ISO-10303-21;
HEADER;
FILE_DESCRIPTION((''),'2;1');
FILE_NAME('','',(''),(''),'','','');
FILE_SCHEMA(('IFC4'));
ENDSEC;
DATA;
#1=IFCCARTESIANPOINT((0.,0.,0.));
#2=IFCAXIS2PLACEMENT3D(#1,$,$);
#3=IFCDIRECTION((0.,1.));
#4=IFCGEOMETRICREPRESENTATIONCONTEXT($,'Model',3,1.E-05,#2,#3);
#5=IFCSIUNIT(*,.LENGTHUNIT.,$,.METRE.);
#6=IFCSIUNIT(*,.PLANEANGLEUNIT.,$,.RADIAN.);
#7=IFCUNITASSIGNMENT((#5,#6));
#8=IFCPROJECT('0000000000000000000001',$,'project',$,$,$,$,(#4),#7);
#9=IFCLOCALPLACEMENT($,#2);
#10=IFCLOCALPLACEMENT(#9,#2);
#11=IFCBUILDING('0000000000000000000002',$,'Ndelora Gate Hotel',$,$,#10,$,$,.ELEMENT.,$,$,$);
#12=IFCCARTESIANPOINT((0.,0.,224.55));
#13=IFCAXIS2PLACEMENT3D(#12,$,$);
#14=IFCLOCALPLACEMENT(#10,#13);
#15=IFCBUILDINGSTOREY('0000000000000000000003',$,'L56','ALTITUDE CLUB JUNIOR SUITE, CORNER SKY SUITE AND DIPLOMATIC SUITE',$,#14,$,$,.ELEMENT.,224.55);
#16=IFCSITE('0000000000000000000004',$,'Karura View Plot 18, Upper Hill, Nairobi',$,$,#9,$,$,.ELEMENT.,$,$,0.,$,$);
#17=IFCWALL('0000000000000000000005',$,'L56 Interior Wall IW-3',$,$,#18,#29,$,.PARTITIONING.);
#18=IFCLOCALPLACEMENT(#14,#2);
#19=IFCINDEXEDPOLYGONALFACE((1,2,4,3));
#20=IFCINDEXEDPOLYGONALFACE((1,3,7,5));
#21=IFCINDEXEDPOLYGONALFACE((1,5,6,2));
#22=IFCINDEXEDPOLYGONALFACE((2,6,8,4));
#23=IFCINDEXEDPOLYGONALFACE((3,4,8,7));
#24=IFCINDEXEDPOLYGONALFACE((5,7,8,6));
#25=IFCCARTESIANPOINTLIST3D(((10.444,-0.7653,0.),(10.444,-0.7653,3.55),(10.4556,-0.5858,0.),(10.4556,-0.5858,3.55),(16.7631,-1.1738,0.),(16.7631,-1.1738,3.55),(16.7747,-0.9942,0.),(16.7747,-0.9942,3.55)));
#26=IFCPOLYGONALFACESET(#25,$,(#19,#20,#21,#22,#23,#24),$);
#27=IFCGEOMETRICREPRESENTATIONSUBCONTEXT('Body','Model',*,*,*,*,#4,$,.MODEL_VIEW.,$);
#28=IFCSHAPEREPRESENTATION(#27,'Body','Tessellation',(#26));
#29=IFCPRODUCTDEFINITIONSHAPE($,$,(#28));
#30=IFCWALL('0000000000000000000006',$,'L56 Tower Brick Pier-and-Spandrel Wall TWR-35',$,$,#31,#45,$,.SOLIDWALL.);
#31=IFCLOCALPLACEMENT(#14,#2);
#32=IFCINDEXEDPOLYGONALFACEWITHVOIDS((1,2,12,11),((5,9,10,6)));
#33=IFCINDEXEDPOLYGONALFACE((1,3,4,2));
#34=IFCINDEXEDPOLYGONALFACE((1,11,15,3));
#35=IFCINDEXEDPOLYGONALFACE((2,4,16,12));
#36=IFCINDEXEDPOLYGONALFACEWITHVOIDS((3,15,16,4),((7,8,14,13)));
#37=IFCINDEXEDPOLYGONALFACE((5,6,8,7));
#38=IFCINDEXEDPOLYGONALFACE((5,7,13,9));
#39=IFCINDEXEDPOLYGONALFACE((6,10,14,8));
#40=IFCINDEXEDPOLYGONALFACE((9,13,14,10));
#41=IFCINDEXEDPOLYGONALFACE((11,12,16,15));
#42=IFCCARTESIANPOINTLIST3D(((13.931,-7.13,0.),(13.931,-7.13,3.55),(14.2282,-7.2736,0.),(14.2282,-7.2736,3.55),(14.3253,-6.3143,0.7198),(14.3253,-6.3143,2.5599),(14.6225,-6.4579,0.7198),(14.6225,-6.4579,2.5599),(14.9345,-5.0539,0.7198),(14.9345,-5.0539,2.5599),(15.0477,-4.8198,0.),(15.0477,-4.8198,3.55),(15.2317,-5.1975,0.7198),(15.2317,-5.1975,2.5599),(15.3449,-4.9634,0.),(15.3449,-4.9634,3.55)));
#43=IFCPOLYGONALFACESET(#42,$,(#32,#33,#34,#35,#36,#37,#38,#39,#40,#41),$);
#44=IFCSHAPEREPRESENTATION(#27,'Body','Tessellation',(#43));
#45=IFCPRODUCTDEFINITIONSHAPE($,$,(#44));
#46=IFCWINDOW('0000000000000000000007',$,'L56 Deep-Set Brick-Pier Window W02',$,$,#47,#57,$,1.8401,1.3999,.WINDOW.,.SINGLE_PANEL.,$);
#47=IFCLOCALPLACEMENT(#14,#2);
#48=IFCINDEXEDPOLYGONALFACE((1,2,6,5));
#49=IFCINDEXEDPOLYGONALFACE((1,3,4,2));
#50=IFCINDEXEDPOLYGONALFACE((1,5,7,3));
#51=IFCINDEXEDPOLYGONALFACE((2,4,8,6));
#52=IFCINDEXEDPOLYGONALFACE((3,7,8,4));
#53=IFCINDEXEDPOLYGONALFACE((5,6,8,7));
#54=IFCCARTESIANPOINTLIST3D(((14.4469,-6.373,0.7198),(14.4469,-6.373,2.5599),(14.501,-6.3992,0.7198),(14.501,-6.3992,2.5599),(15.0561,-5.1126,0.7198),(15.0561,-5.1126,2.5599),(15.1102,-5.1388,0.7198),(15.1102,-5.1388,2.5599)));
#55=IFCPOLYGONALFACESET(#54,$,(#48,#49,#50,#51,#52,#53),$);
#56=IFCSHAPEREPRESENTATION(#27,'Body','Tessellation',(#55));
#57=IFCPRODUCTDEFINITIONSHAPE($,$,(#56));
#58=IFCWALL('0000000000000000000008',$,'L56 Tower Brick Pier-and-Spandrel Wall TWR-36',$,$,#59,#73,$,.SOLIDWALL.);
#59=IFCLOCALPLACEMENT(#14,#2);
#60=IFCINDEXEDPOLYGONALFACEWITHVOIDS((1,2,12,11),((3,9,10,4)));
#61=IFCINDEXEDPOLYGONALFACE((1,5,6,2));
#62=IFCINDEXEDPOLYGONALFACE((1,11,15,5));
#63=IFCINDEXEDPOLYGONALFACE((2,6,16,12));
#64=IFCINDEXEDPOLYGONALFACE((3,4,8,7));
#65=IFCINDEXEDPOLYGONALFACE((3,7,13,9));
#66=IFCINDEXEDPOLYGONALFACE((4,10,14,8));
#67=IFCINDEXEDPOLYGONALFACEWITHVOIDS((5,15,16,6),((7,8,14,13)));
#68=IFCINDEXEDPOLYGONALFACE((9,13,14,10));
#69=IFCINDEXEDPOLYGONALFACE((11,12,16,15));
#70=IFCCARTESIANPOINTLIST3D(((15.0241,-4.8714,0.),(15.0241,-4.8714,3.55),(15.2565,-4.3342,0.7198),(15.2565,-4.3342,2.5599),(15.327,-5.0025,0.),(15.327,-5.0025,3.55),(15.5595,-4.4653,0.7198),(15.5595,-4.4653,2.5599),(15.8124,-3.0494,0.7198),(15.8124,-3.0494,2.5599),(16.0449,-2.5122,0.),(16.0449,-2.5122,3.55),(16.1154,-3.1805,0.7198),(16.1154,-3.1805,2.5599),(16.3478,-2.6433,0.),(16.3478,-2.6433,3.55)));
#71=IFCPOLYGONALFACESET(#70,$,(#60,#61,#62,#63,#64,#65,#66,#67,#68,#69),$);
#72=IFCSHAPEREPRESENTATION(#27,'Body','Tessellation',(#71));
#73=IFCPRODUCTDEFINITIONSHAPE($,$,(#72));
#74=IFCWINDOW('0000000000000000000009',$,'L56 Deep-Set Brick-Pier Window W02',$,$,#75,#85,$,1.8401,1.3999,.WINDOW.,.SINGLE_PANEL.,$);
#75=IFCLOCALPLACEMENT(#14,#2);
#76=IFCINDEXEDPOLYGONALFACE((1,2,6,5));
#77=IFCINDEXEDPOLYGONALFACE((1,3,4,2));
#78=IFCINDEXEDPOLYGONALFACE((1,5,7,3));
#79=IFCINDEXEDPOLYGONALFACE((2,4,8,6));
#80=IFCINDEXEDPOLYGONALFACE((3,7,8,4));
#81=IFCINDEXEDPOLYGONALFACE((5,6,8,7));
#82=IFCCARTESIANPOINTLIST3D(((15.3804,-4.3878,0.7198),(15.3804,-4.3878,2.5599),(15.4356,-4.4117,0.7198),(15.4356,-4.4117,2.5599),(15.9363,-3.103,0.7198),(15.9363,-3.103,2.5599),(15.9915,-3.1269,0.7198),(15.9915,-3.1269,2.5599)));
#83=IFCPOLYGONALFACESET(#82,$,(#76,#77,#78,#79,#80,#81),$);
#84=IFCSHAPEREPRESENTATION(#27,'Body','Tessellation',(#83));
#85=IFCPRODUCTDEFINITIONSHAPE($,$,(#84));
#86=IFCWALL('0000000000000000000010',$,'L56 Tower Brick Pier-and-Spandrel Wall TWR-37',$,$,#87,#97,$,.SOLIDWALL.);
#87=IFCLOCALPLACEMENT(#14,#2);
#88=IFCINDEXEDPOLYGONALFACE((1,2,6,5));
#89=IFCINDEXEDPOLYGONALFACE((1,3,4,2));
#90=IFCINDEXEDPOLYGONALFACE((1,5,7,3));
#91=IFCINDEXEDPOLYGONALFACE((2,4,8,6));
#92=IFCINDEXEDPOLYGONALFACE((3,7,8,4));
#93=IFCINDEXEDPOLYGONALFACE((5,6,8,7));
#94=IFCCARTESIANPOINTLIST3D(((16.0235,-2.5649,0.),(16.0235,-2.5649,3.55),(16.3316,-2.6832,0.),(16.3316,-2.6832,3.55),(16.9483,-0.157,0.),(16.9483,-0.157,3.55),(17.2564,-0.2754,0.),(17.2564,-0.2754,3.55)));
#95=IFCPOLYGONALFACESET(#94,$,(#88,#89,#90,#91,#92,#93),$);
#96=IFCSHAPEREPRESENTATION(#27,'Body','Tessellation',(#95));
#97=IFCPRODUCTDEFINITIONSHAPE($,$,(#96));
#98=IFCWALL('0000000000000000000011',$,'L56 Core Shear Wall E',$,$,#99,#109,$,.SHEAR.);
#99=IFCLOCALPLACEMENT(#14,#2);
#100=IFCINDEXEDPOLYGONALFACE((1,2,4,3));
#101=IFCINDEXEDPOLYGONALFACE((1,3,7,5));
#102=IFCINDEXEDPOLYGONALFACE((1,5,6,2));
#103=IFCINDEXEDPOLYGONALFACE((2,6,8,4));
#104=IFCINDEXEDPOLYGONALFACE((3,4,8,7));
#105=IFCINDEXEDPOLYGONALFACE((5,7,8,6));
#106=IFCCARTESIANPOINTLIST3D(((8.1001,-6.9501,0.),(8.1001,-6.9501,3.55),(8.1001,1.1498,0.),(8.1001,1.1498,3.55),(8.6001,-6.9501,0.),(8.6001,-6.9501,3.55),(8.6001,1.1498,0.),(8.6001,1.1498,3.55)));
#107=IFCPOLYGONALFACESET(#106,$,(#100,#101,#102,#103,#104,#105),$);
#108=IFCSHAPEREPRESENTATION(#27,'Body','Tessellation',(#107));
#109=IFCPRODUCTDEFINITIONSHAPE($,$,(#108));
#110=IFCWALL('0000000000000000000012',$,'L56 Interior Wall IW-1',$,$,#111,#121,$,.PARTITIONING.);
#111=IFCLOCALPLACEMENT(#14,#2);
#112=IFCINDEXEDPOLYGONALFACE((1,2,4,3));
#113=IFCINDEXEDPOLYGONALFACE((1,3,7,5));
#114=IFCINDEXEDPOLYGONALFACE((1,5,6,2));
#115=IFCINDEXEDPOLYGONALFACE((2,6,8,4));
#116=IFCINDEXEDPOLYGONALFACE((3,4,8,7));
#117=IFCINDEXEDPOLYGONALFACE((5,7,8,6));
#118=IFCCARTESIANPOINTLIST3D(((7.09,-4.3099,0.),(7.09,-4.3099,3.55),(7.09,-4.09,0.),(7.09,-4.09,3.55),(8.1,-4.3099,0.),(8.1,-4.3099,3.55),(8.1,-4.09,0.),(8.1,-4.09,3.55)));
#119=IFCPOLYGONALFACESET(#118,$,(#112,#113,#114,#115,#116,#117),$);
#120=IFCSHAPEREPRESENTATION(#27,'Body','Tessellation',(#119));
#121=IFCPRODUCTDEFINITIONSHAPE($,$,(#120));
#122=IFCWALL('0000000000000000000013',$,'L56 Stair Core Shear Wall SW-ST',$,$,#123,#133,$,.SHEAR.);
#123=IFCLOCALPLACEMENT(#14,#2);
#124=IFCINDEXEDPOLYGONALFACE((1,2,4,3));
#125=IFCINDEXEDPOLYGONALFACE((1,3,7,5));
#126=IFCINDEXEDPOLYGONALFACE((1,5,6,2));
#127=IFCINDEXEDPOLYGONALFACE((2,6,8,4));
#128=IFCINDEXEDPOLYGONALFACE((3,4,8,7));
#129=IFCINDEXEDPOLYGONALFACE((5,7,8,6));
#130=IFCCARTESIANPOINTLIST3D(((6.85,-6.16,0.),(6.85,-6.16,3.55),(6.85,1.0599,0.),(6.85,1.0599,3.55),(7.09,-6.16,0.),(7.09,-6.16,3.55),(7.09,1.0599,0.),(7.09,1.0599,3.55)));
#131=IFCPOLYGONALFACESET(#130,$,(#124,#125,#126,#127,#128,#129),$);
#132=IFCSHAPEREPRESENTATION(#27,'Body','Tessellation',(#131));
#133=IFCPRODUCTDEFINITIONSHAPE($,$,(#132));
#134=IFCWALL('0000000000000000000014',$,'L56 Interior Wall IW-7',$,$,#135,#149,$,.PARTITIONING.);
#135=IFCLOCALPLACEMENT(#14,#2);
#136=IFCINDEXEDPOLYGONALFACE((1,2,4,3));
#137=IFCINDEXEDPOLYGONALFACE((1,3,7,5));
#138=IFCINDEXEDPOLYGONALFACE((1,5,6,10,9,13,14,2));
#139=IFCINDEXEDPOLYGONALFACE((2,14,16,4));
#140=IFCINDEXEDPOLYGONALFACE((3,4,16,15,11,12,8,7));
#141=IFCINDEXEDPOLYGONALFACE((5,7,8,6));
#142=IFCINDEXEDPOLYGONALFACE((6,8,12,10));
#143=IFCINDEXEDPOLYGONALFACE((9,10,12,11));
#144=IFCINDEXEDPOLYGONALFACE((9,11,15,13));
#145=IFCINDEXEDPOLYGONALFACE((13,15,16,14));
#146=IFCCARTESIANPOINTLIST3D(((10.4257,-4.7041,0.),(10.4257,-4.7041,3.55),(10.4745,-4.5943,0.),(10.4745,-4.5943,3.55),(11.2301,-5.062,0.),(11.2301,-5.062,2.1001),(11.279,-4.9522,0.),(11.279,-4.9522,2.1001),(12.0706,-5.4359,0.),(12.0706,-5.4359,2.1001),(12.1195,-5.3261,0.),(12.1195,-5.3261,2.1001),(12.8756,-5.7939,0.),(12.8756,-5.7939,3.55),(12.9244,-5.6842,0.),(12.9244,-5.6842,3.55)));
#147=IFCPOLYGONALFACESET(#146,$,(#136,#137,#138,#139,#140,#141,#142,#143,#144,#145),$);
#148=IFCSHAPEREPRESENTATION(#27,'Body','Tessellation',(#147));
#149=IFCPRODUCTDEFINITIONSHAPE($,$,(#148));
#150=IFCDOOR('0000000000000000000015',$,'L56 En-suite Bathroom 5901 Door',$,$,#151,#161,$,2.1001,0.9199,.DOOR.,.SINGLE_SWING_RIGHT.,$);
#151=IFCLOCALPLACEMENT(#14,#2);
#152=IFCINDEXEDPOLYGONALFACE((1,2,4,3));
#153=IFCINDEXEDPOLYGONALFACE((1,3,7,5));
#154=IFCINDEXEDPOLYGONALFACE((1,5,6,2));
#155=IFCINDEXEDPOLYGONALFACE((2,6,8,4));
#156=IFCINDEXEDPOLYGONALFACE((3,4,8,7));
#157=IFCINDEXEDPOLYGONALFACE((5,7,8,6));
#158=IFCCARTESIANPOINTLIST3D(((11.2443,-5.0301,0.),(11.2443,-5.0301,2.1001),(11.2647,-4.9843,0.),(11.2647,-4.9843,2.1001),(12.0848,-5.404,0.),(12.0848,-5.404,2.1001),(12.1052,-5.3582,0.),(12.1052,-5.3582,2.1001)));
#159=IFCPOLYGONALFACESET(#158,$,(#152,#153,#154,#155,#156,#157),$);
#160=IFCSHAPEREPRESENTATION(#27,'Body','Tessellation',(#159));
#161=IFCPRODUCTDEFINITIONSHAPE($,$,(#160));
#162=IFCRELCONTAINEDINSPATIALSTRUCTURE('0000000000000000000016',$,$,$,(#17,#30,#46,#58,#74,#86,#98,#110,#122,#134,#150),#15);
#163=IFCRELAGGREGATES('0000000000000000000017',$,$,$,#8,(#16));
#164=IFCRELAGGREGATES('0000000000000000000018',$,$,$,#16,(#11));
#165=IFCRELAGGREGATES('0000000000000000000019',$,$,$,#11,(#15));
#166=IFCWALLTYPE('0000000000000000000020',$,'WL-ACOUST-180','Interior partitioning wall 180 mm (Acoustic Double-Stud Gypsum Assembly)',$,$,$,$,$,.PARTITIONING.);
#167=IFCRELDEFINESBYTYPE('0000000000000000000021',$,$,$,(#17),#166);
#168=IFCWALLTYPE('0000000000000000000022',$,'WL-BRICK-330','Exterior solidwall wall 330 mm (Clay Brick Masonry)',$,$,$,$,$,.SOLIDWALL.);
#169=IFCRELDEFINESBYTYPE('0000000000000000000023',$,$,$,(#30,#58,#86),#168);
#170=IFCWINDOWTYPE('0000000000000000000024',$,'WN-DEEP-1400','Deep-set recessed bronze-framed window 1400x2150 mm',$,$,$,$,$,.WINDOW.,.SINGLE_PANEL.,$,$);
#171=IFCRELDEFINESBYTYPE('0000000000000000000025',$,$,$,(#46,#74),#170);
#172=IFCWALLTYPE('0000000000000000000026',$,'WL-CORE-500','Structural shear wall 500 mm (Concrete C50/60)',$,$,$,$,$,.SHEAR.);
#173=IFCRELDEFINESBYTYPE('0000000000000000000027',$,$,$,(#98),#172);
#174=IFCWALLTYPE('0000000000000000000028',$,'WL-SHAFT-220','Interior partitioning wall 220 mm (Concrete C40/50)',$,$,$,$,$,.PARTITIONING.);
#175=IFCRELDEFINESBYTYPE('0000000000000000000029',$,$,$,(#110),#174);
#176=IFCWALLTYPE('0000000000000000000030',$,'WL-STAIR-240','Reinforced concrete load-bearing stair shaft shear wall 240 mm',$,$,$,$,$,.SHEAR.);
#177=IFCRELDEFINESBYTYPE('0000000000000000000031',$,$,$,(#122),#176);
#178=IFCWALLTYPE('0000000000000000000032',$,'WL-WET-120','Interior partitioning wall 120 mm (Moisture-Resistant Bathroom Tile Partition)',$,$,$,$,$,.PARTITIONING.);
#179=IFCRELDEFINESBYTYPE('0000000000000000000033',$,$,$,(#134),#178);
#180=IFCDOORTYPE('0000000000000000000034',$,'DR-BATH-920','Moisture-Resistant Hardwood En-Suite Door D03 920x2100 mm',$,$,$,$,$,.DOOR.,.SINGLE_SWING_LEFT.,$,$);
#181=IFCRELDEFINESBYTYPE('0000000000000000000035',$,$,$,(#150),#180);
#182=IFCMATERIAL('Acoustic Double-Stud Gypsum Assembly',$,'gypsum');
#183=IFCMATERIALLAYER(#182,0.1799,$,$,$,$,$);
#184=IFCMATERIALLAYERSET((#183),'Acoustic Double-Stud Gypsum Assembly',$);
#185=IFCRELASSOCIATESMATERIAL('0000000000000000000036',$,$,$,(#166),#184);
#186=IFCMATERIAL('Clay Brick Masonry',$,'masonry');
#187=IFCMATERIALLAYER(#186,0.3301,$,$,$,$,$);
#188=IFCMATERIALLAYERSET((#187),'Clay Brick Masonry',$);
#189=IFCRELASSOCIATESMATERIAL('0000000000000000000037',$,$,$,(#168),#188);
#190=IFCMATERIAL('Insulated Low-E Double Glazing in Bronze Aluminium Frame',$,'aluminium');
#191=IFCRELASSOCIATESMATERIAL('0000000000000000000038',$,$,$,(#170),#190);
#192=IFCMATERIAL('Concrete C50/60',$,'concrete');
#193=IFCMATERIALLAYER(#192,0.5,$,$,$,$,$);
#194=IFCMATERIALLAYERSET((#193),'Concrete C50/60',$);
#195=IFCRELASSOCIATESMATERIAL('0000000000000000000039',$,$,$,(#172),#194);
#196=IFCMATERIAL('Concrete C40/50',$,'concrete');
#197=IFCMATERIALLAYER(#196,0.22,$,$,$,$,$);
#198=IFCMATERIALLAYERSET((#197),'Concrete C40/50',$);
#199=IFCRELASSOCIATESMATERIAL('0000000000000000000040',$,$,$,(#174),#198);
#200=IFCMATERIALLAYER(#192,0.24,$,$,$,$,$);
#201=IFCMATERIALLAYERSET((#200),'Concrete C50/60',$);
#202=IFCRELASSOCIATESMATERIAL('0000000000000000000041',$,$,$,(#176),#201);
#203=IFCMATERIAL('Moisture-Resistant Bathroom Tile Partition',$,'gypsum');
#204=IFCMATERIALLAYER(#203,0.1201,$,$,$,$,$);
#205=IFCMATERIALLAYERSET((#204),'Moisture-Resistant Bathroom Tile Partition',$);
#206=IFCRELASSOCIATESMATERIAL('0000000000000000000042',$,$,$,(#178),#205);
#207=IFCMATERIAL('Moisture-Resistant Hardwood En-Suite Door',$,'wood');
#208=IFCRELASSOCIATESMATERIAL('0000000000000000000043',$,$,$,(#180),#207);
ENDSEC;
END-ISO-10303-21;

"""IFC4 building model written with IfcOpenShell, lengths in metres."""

from ifc_helpers import new_model, si_unit, direction, frame, frame_2d, origin, place, context, subcontext, project, spatial, rectangle, extrude, material, layer, layer_set, type_object, element, fill, save


model = new_model("IFC4")

# Units and contexts
model_context = context("Model", 3, precision=1e-05, world=origin(), true_north=direction((0.0, 1.0)))
body_context = subcontext(model_context, "Body", "Model", "MODEL_VIEW")
ifc_project = project(units=[si_unit("LENGTHUNIT", "METRE"), si_unit("PLANEANGLEUNIT", "RADIAN")], contexts=[model_context])

# Site, building, storey
site_placement = place(None, origin())
site = spatial("IfcSite", under=ifc_project, at=site_placement, Name="Karura View Plot 18, Upper Hill, Nairobi", CompositionType="ELEMENT", RefElevation=0.0)
building_placement = place(site_placement, origin())
building = spatial("IfcBuilding", under=site, at=building_placement, Name="Ndelora Gate Hotel", CompositionType="ELEMENT")
storey_placement = place(building_placement, frame((0.0, 0.0, 224.55)))
storey = spatial("IfcBuildingStorey", under=building, at=storey_placement, Name="L56", Description="ALTITUDE CLUB JUNIOR SUITE, CORNER SKY SUITE AND DIPLOMATIC SUITE", CompositionType="ELEMENT", Elevation=224.55)

# Shared definitions
ifc_material_1 = material(Name="Concrete C50/60", Category="concrete")

# Wall
ifc_material_2 = material(Name="Acoustic Double-Stud Gypsum Assembly", Category="gypsum")
ifc_layer_1 = layer(ifc_material_2, 0.1799)
ifc_layer_set_1 = layer_set([ifc_layer_1], Name="Acoustic Double-Stud Gypsum Assembly")
wall_type_1 = type_object("IfcWallType", Name="WL-ACOUST-180", Description="Interior partitioning wall 180 mm (Acoustic Double-Stud Gypsum Assembly)", PredefinedType="PARTITIONING", material=ifc_layer_set_1)
wall_1_placement = place(storey_placement, frame((10.45, -0.6755, 0.0), z_axis=(0.0, 0.0, 1.0), x_axis=(0.997918, -0.064502, 0.0)))
element("IfcWall", 1, at=wall_1_placement, inside=storey, type_object=wall_type_1, Name="L56 Interior Wall IW-3", PredefinedType="PARTITIONING", context=body_context, shape_type="SweptSolid", body=[
    extrude(rectangle(XDim=6.3323, YDim=0.1799, at=frame_2d((3.166, 0.0))), origin(), (0.0, 0.0, 1.0), 3.55),
])

# Walls, openings, windows
ifc_material_3 = material(Name="Clay Brick Masonry", Category="masonry")
ifc_layer_2 = layer(ifc_material_3, 0.3301)
ifc_layer_set_2 = layer_set([ifc_layer_2], Name="Clay Brick Masonry")
wall_type_2 = type_object("IfcWallType", Name="WL-BRICK-330", Description="Exterior solidwall wall 330 mm (Clay Brick Masonry)", PredefinedType="SOLIDWALL", material=ifc_layer_set_2)
wall_2_placement = place(storey_placement, frame((15.1963, -4.8916, 0.0), z_axis=(0.0, 0.0, 1.0), x_axis=(-0.435185, -0.900341, 0.0)))
wall_2 = element("IfcWall", 2, at=wall_2_placement, inside=storey, type_object=wall_type_2, Name="L56 Tower Brick Pier-and-Spandrel Wall TWR-35", PredefinedType="SOLIDWALL", context=body_context, shape_type="SweptSolid", body=[
    extrude(rectangle(XDim=2.5659, YDim=0.3301, at=frame_2d((1.283, 0.0))), origin(), (0.0, 0.0, 1.0), 3.55),
])
opening_1_placement = place(wall_2_placement, frame((0.26, 0.0, 0.72)))
opening_1 = element("IfcOpeningElement", 3, at=opening_1_placement, cuts=wall_2, PredefinedType="OPENING", context=body_context, shape_type="SweptSolid", body=[
    extrude(rectangle(XDim=1.3999, YDim=1.8401, at=frame_2d((0.7, 0.9199))), frame((0.0, 0.175, 0.0), z_axis=(0.0, -1.0, 0.0), x_axis=(1.0, 0.0, 0.0)), (0.0, 0.0, 1.0), 0.3501),
])
ifc_material_4 = material(Name="Insulated Low-E Double Glazing in Bronze Aluminium Frame", Category="aluminium")
window_type = type_object("IfcWindowType", Name="WN-DEEP-1400", Description="Deep-set recessed bronze-framed window 1400x2150 mm", PartitioningType="SINGLE_PANEL", PredefinedType="WINDOW", material=ifc_material_4)
window_1_placement = place(opening_1_placement, origin())
window_1 = element("IfcWindow", 4, at=window_1_placement, inside=storey, type_object=window_type, Name="L56 Deep-Set Brick-Pier Window W02", OverallHeight=1.8401, OverallWidth=1.3999, PartitioningType="SINGLE_PANEL", PredefinedType="WINDOW", context=body_context, shape_type="SweptSolid", body=[
    extrude(rectangle(XDim=1.3999, YDim=1.8401, at=frame_2d((0.7, 0.9199))), frame((0.0, 0.03, 0.0), z_axis=(0.0, -1.0, 0.0), x_axis=(1.0, 0.0, 0.0)), (0.0, 0.0, 1.0), 0.0601),
])
fill(opening_1, window_1)
wall_3_placement = place(storey_placement, frame((16.1963, -2.5779, 0.0), z_axis=(0.0, 0.0, 1.0), x_axis=(-0.397104, -0.917774, 0.0)))
wall_3 = element("IfcWall", 5, at=wall_3_placement, inside=storey, type_object=wall_type_2, Name="L56 Tower Brick Pier-and-Spandrel Wall TWR-36", PredefinedType="SOLIDWALL", context=body_context, shape_type="SweptSolid", body=[
    extrude(rectangle(XDim=2.5706, YDim=0.3301, at=frame_2d((1.2852, 0.0))), origin(), (0.0, 0.0, 1.0), 3.55),
])
opening_2_placement = place(wall_3_placement, frame((0.5852, 0.0, 0.72)))
opening_2 = element("IfcOpeningElement", 6, at=opening_2_placement, cuts=wall_3, PredefinedType="OPENING", context=body_context, shape_type="SweptSolid", body=[
    extrude(rectangle(XDim=1.3999, YDim=1.8401, at=frame_2d((0.7, 0.9199))), frame((0.0, 0.175, 0.0), z_axis=(0.0, -1.0, 0.0), x_axis=(1.0, 0.0, 0.0)), (0.0, 0.0, 1.0), 0.3501),
])
window_2_placement = place(opening_2_placement, origin())
window_2 = element("IfcWindow", 7, at=window_2_placement, inside=storey, type_object=window_type, Name="L56 Deep-Set Brick-Pier Window W02", OverallHeight=1.8401, OverallWidth=1.3999, PartitioningType="SINGLE_PANEL", PredefinedType="WINDOW", context=body_context, shape_type="SweptSolid", body=[
    extrude(rectangle(XDim=1.3999, YDim=1.8401, at=frame_2d((0.7, 0.9199))), frame((0.0, 0.03, 0.0), z_axis=(0.0, -1.0, 0.0), x_axis=(1.0, 0.0, 0.0)), (0.0, 0.0, 1.0), 0.0601),
])
fill(opening_2, window_2)

# Walls
wall_4_placement = place(storey_placement, frame((17.1023, -0.2163, 0.0), z_axis=(0.0, 0.0, 1.0), x_axis=(-0.358529, -0.933519, 0.0)))
element("IfcWall", 8, at=wall_4_placement, inside=storey, type_object=wall_type_2, Name="L56 Tower Brick Pier-and-Spandrel Wall TWR-37", PredefinedType="SOLIDWALL", context=body_context, shape_type="SweptSolid", body=[
    extrude(rectangle(XDim=2.5793, YDim=0.3301, at=frame_2d((1.2896, 0.0))), origin(), (0.0, 0.0, 1.0), 3.55),
])
ifc_layer_3 = layer(ifc_material_1, 0.5)
ifc_layer_set_3 = layer_set([ifc_layer_3], Name="Concrete C50/60")
wall_type_3 = type_object("IfcWallType", Name="WL-CORE-500", Description="Structural shear wall 500 mm (Concrete C50/60)", PredefinedType="SHEAR", material=ifc_layer_set_3)
wall_5_placement = place(storey_placement, frame((8.3501, -6.95, 0.0), z_axis=(0.0, 0.0, 1.0), x_axis=(0.0, 1.0, 0.0)))
element("IfcWall", 9, at=wall_5_placement, inside=storey, type_object=wall_type_3, Name="L56 Core Shear Wall E", PredefinedType="SHEAR", context=body_context, shape_type="SweptSolid", body=[
    extrude(rectangle(XDim=8.0999, YDim=0.5, at=frame_2d((4.0498, 0.0))), origin(), (0.0, 0.0, 1.0), 3.55),
])
ifc_material_5 = material(Name="Concrete C40/50", Category="concrete")
ifc_layer_4 = layer(ifc_material_5, 0.22)
ifc_layer_set_4 = layer_set([ifc_layer_4], Name="Concrete C40/50")
wall_type_4 = type_object("IfcWallType", Name="WL-SHAFT-220", Description="Interior partitioning wall 220 mm (Concrete C40/50)", PredefinedType="PARTITIONING", material=ifc_layer_set_4)
wall_6_placement = place(storey_placement, frame((7.0901, -4.2, 0.0), z_axis=(0.0, 0.0, 1.0), x_axis=(1.0, 0.0, 0.0)))
element("IfcWall", 10, at=wall_6_placement, inside=storey, type_object=wall_type_4, Name="L56 Interior Wall IW-1", PredefinedType="PARTITIONING", context=body_context, shape_type="SweptSolid", body=[
    extrude(rectangle(XDim=1.01, YDim=0.22, at=frame_2d((0.5049, 0.0))), origin(), (0.0, 0.0, 1.0), 3.55),
])
ifc_layer_5 = layer(ifc_material_1, 0.24)
ifc_layer_set_5 = layer_set([ifc_layer_5], Name="Concrete C50/60")
wall_type_5 = type_object("IfcWallType", Name="WL-STAIR-240", Description="Reinforced concrete load-bearing stair shaft shear wall 240 mm", PredefinedType="SHEAR", material=ifc_layer_set_5)
wall_7_placement = place(storey_placement, frame((6.97, -6.1599, 0.0), z_axis=(0.0, 0.0, 1.0), x_axis=(0.0, 1.0, 0.0)))
element("IfcWall", 11, at=wall_7_placement, inside=storey, type_object=wall_type_5, Name="L56 Stair Core Shear Wall SW-ST", PredefinedType="SHEAR", context=body_context, shape_type="SweptSolid", body=[
    extrude(rectangle(XDim=7.22, YDim=0.24, at=frame_2d((3.6099, 0.0))), origin(), (0.0, 0.0, 1.0), 3.55),
])

# Wall, opening, door
ifc_material_6 = material(Name="Moisture-Resistant Bathroom Tile Partition", Category="gypsum")
ifc_layer_6 = layer(ifc_material_6, 0.1201)
ifc_layer_set_6 = layer_set([ifc_layer_6], Name="Moisture-Resistant Bathroom Tile Partition")
wall_type_6 = type_object("IfcWallType", Name="WL-WET-120", Description="Interior partitioning wall 120 mm (Moisture-Resistant Bathroom Tile Partition)", PredefinedType="PARTITIONING", material=ifc_layer_set_6)
wall_8_placement = place(storey_placement, frame((10.45, -4.6492, 0.0), z_axis=(0.0, 0.0, 1.0), x_axis=(0.913676, -0.406443, 0.0)))
wall_8 = element("IfcWall", 12, at=wall_8_placement, inside=storey, type_object=wall_type_6, Name="L56 Interior Wall IW-7", PredefinedType="PARTITIONING", context=body_context, shape_type="SweptSolid", body=[
    extrude(rectangle(XDim=2.6814, YDim=0.1201, at=frame_2d((1.3408, 0.0))), origin(), (0.0, 0.0, 1.0), 3.55),
])
opening_3_placement = place(wall_8_placement, frame((0.8806, 0.0, 0.0)))
opening_3 = element("IfcOpeningElement", 13, at=opening_3_placement, cuts=wall_8, PredefinedType="OPENING", context=body_context, shape_type="SweptSolid", body=[
    extrude(rectangle(XDim=0.9199, YDim=2.1001, at=frame_2d((0.46, 1.05))), frame((0.0, 0.0701, 0.0), z_axis=(0.0, -1.0, 0.0), x_axis=(1.0, 0.0, 0.0)), (0.0, 0.0, 1.0), 0.1401),
])
ifc_material_7 = material(Name="Moisture-Resistant Hardwood En-Suite Door", Category="wood")
door_type = type_object("IfcDoorType", Name="DR-BATH-920", Description="Moisture-Resistant Hardwood En-Suite Door D03 920x2100 mm", OperationType="SINGLE_SWING_LEFT", PredefinedType="DOOR", material=ifc_material_7)
door_placement = place(opening_3_placement, origin())
door = element("IfcDoor", 14, at=door_placement, inside=storey, type_object=door_type, Name="L56 En-suite Bathroom 5901 Door", OperationType="SINGLE_SWING_RIGHT", OverallHeight=2.1001, OverallWidth=0.9199, PredefinedType="DOOR", context=body_context, shape_type="SweptSolid", body=[
    extrude(rectangle(XDim=0.9199, YDim=2.1001, at=frame_2d((0.46, 1.05))), frame((0.0, 0.0249, 0.0), z_axis=(0.0, -1.0, 0.0), x_axis=(1.0, 0.0, 0.0)), (0.0, 0.0, 1.0), 0.05),
])
fill(opening_3, door)

save(model, "model.ifc")
